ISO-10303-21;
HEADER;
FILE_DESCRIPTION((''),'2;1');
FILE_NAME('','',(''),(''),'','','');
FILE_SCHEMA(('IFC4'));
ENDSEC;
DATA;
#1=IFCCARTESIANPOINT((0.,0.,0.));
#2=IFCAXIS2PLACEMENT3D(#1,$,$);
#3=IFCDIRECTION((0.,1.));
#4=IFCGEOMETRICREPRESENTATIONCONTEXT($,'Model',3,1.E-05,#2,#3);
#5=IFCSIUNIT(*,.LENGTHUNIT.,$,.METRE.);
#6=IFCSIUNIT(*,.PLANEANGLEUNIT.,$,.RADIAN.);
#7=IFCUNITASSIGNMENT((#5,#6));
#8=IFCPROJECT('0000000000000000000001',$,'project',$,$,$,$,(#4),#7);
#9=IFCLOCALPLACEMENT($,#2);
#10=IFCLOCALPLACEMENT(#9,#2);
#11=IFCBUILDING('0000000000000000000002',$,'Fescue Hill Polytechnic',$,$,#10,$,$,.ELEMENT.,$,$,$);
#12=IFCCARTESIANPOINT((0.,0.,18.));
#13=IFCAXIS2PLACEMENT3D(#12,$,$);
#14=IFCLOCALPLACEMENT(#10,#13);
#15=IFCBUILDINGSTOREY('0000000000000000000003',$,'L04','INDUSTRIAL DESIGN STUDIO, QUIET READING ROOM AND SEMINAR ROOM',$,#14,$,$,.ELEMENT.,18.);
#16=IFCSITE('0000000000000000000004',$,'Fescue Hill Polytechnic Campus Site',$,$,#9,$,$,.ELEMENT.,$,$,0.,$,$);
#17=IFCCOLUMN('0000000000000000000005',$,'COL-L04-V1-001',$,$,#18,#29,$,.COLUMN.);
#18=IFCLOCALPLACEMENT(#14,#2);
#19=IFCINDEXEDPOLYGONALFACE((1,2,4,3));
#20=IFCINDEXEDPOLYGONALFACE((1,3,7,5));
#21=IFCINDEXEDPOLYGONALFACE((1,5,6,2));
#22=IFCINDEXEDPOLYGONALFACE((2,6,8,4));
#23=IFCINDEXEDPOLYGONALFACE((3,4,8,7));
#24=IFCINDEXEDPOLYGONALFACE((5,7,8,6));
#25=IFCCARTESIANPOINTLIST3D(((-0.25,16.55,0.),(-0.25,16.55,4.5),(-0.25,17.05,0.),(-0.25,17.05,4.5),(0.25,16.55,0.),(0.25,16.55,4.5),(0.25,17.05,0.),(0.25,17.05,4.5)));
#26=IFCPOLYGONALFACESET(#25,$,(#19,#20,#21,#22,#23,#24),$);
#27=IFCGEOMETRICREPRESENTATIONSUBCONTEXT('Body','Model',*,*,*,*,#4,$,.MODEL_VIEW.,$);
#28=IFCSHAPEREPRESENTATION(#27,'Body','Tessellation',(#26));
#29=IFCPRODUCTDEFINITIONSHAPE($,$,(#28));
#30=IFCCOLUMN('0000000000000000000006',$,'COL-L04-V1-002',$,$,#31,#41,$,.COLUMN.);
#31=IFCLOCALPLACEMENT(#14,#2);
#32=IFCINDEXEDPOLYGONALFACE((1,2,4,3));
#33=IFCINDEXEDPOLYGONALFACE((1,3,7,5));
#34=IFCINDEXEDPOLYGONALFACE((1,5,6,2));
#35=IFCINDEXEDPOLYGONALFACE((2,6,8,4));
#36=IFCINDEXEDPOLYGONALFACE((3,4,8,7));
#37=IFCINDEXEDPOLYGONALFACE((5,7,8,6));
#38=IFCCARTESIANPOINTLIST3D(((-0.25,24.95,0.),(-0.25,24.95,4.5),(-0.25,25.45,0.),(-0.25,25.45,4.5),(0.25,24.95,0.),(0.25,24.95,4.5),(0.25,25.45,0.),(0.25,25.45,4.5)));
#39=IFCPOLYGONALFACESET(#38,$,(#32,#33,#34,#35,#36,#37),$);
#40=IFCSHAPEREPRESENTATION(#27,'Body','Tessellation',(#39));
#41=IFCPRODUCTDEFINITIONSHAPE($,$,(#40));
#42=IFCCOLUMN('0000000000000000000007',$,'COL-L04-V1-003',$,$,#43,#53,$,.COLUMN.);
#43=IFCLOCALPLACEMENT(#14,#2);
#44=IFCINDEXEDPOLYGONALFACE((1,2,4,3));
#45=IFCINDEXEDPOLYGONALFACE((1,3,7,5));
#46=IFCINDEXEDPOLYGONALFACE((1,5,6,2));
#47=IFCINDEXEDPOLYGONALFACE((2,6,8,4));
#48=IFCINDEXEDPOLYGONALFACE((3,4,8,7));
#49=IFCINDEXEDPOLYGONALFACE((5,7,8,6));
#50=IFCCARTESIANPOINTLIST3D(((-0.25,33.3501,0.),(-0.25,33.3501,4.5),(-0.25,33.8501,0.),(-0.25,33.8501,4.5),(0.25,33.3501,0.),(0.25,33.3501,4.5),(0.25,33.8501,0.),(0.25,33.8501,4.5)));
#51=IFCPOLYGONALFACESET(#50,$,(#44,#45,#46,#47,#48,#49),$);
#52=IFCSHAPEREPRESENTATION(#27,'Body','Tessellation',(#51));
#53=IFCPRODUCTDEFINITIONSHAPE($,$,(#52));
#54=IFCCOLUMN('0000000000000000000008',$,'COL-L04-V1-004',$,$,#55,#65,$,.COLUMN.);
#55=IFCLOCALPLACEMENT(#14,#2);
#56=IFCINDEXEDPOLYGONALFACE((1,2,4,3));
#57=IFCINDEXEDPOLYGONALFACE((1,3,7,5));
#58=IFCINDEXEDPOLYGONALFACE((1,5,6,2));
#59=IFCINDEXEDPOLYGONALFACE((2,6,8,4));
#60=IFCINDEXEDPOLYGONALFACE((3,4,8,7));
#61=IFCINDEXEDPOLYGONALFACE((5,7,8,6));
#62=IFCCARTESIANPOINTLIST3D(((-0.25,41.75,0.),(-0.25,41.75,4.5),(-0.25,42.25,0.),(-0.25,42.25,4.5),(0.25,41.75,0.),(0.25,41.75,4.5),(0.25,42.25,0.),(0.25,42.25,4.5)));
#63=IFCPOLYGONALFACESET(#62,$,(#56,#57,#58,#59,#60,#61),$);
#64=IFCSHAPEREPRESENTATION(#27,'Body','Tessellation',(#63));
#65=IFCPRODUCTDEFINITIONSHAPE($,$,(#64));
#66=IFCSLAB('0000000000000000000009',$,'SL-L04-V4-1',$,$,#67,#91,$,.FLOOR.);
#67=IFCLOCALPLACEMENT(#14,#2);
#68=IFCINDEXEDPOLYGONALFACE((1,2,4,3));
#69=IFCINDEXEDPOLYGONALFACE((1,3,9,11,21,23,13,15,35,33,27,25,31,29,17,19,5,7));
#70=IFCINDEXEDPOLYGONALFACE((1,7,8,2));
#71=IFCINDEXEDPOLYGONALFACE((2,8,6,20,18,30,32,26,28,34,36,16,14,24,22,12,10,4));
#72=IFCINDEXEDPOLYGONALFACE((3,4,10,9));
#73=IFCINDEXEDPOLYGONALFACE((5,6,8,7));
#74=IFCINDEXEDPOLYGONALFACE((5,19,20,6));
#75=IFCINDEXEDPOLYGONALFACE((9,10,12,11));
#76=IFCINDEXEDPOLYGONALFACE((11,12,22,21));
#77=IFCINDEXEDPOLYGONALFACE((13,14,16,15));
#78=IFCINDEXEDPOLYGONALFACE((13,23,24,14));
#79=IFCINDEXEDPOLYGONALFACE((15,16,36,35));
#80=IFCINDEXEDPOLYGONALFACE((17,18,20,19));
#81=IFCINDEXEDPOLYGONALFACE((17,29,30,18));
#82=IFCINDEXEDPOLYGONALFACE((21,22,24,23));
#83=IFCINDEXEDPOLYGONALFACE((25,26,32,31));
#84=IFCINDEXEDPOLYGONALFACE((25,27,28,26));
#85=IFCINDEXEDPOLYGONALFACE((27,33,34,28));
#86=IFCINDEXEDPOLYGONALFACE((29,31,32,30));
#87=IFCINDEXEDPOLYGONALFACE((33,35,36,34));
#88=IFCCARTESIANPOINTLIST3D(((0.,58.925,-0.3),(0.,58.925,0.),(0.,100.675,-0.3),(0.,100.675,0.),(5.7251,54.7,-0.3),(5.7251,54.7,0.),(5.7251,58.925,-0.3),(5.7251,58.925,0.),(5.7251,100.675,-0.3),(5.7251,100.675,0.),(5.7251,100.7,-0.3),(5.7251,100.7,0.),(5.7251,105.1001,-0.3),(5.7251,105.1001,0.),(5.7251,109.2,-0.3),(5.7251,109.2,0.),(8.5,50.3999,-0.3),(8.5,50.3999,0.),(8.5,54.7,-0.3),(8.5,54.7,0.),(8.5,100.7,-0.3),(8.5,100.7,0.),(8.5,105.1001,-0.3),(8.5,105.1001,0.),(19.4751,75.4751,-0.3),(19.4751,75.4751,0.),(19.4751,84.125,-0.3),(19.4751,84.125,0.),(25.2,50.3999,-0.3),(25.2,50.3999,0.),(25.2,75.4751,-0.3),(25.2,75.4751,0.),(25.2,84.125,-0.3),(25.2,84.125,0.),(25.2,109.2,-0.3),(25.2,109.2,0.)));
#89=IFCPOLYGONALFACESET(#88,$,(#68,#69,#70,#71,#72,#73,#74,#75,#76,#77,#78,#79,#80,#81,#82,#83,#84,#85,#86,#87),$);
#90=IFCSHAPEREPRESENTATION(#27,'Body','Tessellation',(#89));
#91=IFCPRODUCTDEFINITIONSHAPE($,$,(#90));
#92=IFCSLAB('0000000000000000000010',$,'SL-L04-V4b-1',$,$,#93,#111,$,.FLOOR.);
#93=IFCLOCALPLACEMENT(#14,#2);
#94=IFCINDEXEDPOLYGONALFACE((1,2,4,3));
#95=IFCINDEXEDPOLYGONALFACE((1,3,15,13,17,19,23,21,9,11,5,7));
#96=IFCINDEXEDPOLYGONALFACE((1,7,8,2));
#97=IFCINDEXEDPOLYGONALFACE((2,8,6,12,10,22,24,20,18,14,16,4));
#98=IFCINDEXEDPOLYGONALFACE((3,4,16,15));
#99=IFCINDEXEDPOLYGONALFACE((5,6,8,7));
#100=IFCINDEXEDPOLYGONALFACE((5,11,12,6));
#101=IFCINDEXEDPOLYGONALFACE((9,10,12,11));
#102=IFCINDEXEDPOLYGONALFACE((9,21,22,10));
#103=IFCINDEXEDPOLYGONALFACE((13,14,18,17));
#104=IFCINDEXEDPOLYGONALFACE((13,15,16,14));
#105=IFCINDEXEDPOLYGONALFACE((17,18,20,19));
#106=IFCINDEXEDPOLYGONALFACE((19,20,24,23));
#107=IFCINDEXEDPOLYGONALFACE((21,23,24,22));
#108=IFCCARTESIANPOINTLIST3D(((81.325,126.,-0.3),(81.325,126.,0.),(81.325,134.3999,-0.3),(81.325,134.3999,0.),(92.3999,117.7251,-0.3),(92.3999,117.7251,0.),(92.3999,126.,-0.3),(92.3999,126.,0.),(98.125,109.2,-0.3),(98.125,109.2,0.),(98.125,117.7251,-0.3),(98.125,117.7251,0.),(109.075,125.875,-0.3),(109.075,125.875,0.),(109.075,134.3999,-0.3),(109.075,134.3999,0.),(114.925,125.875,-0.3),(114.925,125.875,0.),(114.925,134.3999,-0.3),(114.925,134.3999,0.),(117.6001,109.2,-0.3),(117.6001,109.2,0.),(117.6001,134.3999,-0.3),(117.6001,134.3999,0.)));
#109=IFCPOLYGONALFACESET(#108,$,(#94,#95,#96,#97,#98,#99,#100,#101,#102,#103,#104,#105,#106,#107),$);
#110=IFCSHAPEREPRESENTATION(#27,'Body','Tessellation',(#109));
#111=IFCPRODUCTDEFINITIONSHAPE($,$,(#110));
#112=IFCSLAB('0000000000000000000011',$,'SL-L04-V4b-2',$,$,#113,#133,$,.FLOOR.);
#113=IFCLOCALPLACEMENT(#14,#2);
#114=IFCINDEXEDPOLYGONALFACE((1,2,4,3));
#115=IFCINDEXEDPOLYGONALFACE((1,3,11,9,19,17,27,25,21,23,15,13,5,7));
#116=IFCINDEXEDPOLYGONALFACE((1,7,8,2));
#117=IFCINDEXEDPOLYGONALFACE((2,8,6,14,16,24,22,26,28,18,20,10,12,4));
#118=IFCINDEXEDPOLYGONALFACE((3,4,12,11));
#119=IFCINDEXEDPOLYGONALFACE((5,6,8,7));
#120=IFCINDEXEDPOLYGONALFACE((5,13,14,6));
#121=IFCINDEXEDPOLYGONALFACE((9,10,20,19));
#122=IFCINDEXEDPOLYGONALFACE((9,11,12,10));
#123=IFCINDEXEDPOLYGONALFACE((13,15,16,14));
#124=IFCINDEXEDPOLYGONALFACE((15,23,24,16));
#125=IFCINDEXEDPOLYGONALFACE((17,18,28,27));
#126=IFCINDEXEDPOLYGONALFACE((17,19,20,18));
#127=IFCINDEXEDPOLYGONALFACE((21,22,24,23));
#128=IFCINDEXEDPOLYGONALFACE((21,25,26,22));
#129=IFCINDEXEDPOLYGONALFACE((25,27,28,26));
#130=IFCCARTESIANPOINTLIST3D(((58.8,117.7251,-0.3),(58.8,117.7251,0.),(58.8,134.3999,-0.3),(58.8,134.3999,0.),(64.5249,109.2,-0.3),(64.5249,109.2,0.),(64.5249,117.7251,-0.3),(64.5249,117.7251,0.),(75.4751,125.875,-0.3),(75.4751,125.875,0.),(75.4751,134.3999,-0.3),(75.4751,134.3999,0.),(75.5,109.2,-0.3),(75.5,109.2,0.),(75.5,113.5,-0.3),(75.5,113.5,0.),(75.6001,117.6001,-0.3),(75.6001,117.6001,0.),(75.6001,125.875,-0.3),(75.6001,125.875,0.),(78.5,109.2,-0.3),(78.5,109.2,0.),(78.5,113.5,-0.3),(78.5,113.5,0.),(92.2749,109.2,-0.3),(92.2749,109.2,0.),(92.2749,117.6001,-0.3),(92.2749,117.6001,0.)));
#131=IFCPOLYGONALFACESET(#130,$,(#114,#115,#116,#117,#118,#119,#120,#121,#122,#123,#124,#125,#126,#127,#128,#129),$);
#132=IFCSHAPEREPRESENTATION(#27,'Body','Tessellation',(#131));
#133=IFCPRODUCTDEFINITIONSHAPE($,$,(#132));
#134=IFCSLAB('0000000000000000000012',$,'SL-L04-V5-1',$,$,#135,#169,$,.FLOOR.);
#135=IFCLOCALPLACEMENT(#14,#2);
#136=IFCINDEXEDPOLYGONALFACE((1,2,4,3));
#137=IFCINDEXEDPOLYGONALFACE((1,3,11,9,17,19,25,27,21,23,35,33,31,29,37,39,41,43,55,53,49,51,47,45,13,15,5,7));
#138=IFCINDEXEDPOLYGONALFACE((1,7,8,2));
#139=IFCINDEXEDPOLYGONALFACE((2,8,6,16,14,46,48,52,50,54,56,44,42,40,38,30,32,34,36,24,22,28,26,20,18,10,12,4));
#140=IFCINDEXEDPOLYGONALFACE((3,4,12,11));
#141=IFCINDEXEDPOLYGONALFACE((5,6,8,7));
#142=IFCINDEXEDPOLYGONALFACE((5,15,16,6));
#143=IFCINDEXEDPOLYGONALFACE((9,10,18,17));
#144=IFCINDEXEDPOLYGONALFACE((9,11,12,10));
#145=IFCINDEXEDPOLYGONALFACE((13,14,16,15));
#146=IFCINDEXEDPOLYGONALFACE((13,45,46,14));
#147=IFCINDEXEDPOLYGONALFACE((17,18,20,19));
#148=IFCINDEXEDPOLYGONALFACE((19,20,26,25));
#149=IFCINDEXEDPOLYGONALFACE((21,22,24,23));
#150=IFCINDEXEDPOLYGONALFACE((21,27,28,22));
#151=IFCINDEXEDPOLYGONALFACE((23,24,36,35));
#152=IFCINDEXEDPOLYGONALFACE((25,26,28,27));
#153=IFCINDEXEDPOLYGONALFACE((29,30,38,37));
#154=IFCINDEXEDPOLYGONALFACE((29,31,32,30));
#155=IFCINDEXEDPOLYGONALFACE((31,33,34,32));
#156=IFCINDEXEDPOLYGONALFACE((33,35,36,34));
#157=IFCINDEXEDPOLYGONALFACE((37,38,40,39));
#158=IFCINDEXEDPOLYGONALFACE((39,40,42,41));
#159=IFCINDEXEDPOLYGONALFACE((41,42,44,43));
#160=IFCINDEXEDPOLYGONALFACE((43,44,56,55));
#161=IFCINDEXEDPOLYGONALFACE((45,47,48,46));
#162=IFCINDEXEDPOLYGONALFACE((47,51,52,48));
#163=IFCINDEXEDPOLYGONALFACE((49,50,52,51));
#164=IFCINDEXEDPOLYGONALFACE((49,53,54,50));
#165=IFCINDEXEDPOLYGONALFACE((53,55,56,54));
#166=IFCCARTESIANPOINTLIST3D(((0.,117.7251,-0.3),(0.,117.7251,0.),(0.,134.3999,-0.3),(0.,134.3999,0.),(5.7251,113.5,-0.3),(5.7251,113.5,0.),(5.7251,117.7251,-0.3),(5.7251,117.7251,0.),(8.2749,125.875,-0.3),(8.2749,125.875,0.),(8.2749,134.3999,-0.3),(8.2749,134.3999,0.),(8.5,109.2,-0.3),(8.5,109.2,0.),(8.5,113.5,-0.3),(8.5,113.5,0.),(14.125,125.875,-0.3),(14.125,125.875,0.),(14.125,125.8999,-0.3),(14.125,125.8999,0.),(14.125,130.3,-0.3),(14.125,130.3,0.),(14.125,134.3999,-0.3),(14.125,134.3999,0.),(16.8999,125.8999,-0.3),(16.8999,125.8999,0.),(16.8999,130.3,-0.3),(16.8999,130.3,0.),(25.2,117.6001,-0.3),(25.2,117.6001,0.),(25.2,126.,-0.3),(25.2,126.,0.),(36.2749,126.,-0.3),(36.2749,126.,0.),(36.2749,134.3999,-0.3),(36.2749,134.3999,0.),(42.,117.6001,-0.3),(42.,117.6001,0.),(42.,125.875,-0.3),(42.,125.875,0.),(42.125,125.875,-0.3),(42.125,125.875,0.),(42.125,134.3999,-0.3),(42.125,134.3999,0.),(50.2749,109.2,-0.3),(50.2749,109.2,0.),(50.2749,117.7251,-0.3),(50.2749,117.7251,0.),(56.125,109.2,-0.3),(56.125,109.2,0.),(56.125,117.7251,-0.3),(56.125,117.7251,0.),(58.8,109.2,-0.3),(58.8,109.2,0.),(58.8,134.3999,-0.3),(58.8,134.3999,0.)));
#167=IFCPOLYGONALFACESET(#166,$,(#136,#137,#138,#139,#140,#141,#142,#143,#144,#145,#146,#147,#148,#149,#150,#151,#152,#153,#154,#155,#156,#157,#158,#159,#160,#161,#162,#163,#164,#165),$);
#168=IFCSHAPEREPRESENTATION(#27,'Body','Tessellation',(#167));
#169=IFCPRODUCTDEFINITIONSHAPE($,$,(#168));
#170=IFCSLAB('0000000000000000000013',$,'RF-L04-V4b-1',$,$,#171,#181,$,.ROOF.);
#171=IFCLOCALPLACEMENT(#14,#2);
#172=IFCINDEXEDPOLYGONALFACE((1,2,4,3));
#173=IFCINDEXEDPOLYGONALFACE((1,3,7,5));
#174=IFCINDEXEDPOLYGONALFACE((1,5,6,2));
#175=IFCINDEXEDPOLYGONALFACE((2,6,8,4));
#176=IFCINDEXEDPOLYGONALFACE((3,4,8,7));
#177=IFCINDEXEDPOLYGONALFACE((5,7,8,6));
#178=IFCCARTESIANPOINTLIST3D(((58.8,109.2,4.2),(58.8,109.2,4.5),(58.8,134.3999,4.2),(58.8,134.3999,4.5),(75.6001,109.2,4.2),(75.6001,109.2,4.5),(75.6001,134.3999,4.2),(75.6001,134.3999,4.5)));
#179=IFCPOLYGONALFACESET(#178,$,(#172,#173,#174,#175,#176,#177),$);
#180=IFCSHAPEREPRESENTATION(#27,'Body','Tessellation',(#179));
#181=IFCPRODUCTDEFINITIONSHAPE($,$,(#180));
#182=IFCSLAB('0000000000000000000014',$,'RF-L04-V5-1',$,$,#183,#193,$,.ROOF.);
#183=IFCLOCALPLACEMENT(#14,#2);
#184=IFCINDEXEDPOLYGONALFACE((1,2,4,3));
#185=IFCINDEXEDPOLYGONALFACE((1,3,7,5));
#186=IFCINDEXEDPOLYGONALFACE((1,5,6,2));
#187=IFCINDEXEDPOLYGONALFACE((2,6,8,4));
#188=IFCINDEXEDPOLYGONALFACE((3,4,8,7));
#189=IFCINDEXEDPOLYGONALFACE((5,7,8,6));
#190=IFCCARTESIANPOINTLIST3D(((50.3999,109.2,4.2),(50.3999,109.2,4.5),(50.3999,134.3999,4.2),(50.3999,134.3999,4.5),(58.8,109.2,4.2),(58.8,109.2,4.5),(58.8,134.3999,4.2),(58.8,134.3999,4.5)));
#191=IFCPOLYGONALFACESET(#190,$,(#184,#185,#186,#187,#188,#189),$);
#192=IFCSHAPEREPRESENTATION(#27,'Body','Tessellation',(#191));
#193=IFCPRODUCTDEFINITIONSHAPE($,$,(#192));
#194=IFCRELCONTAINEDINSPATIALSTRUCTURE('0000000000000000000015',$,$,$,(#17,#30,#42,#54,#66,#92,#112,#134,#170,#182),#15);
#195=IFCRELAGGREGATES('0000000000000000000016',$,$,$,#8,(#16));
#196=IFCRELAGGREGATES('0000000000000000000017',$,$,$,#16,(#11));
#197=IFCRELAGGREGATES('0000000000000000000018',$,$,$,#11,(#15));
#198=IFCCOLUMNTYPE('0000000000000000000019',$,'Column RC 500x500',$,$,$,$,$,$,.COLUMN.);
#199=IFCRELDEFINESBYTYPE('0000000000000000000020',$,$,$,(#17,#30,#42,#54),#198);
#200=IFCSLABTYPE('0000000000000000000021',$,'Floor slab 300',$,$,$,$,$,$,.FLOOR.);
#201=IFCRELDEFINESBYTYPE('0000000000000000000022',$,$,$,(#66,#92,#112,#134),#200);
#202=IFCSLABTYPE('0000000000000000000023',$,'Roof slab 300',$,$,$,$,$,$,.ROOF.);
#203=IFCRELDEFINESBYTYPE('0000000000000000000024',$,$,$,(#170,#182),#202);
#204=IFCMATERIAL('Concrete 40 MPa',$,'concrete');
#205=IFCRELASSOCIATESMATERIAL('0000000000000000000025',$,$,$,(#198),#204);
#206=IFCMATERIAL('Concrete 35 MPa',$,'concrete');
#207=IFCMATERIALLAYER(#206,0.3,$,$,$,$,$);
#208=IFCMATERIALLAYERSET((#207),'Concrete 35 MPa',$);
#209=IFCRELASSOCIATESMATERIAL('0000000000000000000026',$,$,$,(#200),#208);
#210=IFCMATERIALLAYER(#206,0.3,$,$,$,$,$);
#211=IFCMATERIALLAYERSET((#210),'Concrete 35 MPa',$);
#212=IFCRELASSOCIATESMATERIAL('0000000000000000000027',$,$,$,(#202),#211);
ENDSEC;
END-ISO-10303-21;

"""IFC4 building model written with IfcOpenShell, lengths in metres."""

from ifc_helpers import new_model, si_unit, direction, frame, origin, origin_2d, place, context, subcontext, project, spatial, polyline, rectangle, outline, extrude, material, layer, layer_set, material_profile, profile_set, type_object, element, save


model = new_model("IFC4")

# Units and contexts
model_context = context("Model", 3, precision=1e-05, world=origin(), true_north=direction((0.0, 1.0)))
body_context = subcontext(model_context, "Body", "Model", "MODEL_VIEW")
ifc_project = project(units=[si_unit("LENGTHUNIT", "METRE"), si_unit("PLANEANGLEUNIT", "RADIAN")], contexts=[model_context])

# Site, building, storey
site_placement = place(None, origin())
site = spatial("IfcSite", under=ifc_project, at=site_placement, Name="Fescue Hill Polytechnic Campus Site", CompositionType="ELEMENT", RefElevation=0.0)
building_placement = place(site_placement, origin())
building = spatial("IfcBuilding", under=site, at=building_placement, Name="Fescue Hill Polytechnic", CompositionType="ELEMENT")
storey_placement = place(building_placement, frame((0.0, 0.0, 18.0)))
storey = spatial("IfcBuildingStorey", under=building, at=storey_placement, Name="L04", Description="INDUSTRIAL DESIGN STUDIO, QUIET READING ROOM AND SEMINAR ROOM", CompositionType="ELEMENT", Elevation=18.0)

# Columns
ifc_material_1 = material(Name="Concrete 40 MPa", Category="concrete")
ifc_material_profile = material_profile(ifc_material_1, rectangle(XDim=0.5, YDim=0.5, at=origin_2d()), Name="RC 500x500")
ifc_profile_set = profile_set([ifc_material_profile], Name="Concrete 40 MPa")
column_type = type_object("IfcColumnType", Name="Column RC 500x500", PredefinedType="COLUMN", material=ifc_profile_set)
for number, where, z_axis, x_axis, name in (
    (1, (0.0, 16.8, 0.0), (0.0, 0.0, 1.0), (1.0, 0.0, 0.0), "COL-L04-V1-001"),
    (2, (0.0, 25.2, 0.0), (0.0, 0.0, 1.0), (1.0, 0.0, 0.0), "COL-L04-V1-002"),
    (3, (0.0, 33.6001, 0.0), (0.0, 0.0, 1.0), (1.0, 0.0, 0.0), "COL-L04-V1-003"),
    (4, (0.0, 42.0, 0.0), (0.0, 0.0, 1.0), (1.0, 0.0, 0.0), "COL-L04-V1-004"),
):
    element("IfcColumn", number, at=place(storey_placement, frame(where, z_axis=z_axis, x_axis=x_axis)), inside=storey, type_object=column_type, Name=name, PredefinedType="COLUMN", context=body_context, shape_type="SweptSolid", body=[
        extrude(rectangle(XDim=0.5, YDim=0.5, at=origin_2d()), origin(), (0.0, 0.0, 1.0), 4.5),
    ])

# Slabs
ifc_material_2 = material(Name="Concrete 35 MPa", Category="concrete")
ifc_layer_1 = layer(ifc_material_2, 0.3)
ifc_layer_set_1 = layer_set([ifc_layer_1], Name="Concrete 35 MPa")
slab_type_1 = type_object("IfcSlabType", Name="Floor slab 300", PredefinedType="FLOOR", material=ifc_layer_set_1)
slab_1_placement = place(storey_placement, frame((0.0, 0.0, -0.3)))
element("IfcSlab", 5, at=slab_1_placement, inside=storey, type_object=slab_type_1, Name="SL-L04-V4-1", PredefinedType="FLOOR", context=body_context, shape_type="SweptSolid", body=[
    extrude(outline(polyline([(25.2, 50.3999), (8.5, 50.3999), (8.5, 54.7), (5.7251, 54.7), (5.7251, 58.925), (0.0, 58.925), (0.0, 100.675), (5.7251, 100.675), (5.7251, 100.7), (8.5, 100.7), (8.5, 105.1001), (5.7251, 105.1001), (5.7251, 109.2), (25.2, 109.2), (25.2, 84.125), (19.4751, 84.125), (19.4751, 75.4751), (25.2, 75.4751), (25.2, 50.3999)])), origin(), (0.0, 0.0, 1.0), 0.3),
])
slab_2_placement = place(storey_placement, frame((0.0, 0.0, -0.3)))
element("IfcSlab", 6, at=slab_2_placement, inside=storey, type_object=slab_type_1, Name="SL-L04-V4b-1", PredefinedType="FLOOR", context=body_context, shape_type="SweptSolid", body=[
    extrude(outline(polyline([(109.075, 134.3999), (109.075, 125.875), (114.925, 125.875), (114.925, 134.3999), (117.6001, 134.3999), (117.6001, 109.2), (98.125, 109.2), (98.125, 117.7251), (92.3999, 117.7251), (92.3999, 126.0), (81.325, 126.0), (81.325, 134.3999), (109.075, 134.3999)])), origin(), (0.0, 0.0, 1.0), 0.3),
])
slab_3_placement = place(storey_placement, frame((0.0, 0.0, -0.3)))
element("IfcSlab", 7, at=slab_3_placement, inside=storey, type_object=slab_type_1, Name="SL-L04-V4b-2", PredefinedType="FLOOR", context=body_context, shape_type="SweptSolid", body=[
    extrude(outline(polyline([(58.8, 134.3999), (75.4751, 134.3999), (75.4751, 125.875), (75.6001, 125.875), (75.6001, 117.6001), (92.2749, 117.6001), (92.2749, 109.2), (78.5, 109.2), (78.5, 113.5), (75.5, 113.5), (75.5, 109.2), (64.5249, 109.2), (64.5249, 117.7251), (58.8, 117.7251), (58.8, 134.3999)])), origin(), (0.0, 0.0, 1.0), 0.3),
])
slab_4_placement = place(storey_placement, frame((0.0, 0.0, -0.3)))
element("IfcSlab", 8, at=slab_4_placement, inside=storey, type_object=slab_type_1, Name="SL-L04-V5-1", PredefinedType="FLOOR", context=body_context, shape_type="SweptSolid", body=[
    extrude(outline(polyline([(0.0, 134.3999), (8.2749, 134.3999), (8.2749, 125.875), (14.125, 125.875), (14.125, 125.8999), (16.8999, 125.8999), (16.8999, 130.3), (14.125, 130.3), (14.125, 134.3999), (36.2749, 134.3999), (36.2749, 126.0), (25.2, 126.0), (25.2, 117.6001), (42.0, 117.6001), (42.0, 125.875), (42.125, 125.875), (42.125, 134.3999), (58.8, 134.3999), (58.8, 109.2), (56.125, 109.2), (56.125, 117.7251), (50.2749, 117.7251), (50.2749, 109.2), (8.5, 109.2), (8.5, 113.5), (5.7251, 113.5), (5.7251, 117.7251), (0.0, 117.7251), (0.0, 134.3999)])), origin(), (0.0, 0.0, 1.0), 0.3),
])
ifc_layer_2 = layer(ifc_material_2, 0.3)
ifc_layer_set_2 = layer_set([ifc_layer_2], Name="Concrete 35 MPa")
slab_type_2 = type_object("IfcSlabType", Name="Roof slab 300", PredefinedType="ROOF", material=ifc_layer_set_2)
slab_5_placement = place(storey_placement, frame((0.0, 0.0, 4.2)))
element("IfcSlab", 9, at=slab_5_placement, inside=storey, type_object=slab_type_2, Name="RF-L04-V4b-1", PredefinedType="ROOF", context=body_context, shape_type="SweptSolid", body=[
    extrude(outline(polyline([(75.6001, 134.3999), (75.6001, 109.2), (58.8, 109.2), (58.8, 134.3999), (75.6001, 134.3999)])), origin(), (0.0, 0.0, 1.0), 0.3),
])
slab_6_placement = place(storey_placement, frame((0.0, 0.0, 4.2)))
element("IfcSlab", 10, at=slab_6_placement, inside=storey, type_object=slab_type_2, Name="RF-L04-V5-1", PredefinedType="ROOF", context=body_context, shape_type="SweptSolid", body=[
    extrude(outline(polyline([(58.8, 109.2), (50.3999, 109.2), (50.3999, 134.3999), (58.8, 134.3999), (58.8, 109.2)])), origin(), (0.0, 0.0, 1.0), 0.3),
])

save(model, "model.ifc")
